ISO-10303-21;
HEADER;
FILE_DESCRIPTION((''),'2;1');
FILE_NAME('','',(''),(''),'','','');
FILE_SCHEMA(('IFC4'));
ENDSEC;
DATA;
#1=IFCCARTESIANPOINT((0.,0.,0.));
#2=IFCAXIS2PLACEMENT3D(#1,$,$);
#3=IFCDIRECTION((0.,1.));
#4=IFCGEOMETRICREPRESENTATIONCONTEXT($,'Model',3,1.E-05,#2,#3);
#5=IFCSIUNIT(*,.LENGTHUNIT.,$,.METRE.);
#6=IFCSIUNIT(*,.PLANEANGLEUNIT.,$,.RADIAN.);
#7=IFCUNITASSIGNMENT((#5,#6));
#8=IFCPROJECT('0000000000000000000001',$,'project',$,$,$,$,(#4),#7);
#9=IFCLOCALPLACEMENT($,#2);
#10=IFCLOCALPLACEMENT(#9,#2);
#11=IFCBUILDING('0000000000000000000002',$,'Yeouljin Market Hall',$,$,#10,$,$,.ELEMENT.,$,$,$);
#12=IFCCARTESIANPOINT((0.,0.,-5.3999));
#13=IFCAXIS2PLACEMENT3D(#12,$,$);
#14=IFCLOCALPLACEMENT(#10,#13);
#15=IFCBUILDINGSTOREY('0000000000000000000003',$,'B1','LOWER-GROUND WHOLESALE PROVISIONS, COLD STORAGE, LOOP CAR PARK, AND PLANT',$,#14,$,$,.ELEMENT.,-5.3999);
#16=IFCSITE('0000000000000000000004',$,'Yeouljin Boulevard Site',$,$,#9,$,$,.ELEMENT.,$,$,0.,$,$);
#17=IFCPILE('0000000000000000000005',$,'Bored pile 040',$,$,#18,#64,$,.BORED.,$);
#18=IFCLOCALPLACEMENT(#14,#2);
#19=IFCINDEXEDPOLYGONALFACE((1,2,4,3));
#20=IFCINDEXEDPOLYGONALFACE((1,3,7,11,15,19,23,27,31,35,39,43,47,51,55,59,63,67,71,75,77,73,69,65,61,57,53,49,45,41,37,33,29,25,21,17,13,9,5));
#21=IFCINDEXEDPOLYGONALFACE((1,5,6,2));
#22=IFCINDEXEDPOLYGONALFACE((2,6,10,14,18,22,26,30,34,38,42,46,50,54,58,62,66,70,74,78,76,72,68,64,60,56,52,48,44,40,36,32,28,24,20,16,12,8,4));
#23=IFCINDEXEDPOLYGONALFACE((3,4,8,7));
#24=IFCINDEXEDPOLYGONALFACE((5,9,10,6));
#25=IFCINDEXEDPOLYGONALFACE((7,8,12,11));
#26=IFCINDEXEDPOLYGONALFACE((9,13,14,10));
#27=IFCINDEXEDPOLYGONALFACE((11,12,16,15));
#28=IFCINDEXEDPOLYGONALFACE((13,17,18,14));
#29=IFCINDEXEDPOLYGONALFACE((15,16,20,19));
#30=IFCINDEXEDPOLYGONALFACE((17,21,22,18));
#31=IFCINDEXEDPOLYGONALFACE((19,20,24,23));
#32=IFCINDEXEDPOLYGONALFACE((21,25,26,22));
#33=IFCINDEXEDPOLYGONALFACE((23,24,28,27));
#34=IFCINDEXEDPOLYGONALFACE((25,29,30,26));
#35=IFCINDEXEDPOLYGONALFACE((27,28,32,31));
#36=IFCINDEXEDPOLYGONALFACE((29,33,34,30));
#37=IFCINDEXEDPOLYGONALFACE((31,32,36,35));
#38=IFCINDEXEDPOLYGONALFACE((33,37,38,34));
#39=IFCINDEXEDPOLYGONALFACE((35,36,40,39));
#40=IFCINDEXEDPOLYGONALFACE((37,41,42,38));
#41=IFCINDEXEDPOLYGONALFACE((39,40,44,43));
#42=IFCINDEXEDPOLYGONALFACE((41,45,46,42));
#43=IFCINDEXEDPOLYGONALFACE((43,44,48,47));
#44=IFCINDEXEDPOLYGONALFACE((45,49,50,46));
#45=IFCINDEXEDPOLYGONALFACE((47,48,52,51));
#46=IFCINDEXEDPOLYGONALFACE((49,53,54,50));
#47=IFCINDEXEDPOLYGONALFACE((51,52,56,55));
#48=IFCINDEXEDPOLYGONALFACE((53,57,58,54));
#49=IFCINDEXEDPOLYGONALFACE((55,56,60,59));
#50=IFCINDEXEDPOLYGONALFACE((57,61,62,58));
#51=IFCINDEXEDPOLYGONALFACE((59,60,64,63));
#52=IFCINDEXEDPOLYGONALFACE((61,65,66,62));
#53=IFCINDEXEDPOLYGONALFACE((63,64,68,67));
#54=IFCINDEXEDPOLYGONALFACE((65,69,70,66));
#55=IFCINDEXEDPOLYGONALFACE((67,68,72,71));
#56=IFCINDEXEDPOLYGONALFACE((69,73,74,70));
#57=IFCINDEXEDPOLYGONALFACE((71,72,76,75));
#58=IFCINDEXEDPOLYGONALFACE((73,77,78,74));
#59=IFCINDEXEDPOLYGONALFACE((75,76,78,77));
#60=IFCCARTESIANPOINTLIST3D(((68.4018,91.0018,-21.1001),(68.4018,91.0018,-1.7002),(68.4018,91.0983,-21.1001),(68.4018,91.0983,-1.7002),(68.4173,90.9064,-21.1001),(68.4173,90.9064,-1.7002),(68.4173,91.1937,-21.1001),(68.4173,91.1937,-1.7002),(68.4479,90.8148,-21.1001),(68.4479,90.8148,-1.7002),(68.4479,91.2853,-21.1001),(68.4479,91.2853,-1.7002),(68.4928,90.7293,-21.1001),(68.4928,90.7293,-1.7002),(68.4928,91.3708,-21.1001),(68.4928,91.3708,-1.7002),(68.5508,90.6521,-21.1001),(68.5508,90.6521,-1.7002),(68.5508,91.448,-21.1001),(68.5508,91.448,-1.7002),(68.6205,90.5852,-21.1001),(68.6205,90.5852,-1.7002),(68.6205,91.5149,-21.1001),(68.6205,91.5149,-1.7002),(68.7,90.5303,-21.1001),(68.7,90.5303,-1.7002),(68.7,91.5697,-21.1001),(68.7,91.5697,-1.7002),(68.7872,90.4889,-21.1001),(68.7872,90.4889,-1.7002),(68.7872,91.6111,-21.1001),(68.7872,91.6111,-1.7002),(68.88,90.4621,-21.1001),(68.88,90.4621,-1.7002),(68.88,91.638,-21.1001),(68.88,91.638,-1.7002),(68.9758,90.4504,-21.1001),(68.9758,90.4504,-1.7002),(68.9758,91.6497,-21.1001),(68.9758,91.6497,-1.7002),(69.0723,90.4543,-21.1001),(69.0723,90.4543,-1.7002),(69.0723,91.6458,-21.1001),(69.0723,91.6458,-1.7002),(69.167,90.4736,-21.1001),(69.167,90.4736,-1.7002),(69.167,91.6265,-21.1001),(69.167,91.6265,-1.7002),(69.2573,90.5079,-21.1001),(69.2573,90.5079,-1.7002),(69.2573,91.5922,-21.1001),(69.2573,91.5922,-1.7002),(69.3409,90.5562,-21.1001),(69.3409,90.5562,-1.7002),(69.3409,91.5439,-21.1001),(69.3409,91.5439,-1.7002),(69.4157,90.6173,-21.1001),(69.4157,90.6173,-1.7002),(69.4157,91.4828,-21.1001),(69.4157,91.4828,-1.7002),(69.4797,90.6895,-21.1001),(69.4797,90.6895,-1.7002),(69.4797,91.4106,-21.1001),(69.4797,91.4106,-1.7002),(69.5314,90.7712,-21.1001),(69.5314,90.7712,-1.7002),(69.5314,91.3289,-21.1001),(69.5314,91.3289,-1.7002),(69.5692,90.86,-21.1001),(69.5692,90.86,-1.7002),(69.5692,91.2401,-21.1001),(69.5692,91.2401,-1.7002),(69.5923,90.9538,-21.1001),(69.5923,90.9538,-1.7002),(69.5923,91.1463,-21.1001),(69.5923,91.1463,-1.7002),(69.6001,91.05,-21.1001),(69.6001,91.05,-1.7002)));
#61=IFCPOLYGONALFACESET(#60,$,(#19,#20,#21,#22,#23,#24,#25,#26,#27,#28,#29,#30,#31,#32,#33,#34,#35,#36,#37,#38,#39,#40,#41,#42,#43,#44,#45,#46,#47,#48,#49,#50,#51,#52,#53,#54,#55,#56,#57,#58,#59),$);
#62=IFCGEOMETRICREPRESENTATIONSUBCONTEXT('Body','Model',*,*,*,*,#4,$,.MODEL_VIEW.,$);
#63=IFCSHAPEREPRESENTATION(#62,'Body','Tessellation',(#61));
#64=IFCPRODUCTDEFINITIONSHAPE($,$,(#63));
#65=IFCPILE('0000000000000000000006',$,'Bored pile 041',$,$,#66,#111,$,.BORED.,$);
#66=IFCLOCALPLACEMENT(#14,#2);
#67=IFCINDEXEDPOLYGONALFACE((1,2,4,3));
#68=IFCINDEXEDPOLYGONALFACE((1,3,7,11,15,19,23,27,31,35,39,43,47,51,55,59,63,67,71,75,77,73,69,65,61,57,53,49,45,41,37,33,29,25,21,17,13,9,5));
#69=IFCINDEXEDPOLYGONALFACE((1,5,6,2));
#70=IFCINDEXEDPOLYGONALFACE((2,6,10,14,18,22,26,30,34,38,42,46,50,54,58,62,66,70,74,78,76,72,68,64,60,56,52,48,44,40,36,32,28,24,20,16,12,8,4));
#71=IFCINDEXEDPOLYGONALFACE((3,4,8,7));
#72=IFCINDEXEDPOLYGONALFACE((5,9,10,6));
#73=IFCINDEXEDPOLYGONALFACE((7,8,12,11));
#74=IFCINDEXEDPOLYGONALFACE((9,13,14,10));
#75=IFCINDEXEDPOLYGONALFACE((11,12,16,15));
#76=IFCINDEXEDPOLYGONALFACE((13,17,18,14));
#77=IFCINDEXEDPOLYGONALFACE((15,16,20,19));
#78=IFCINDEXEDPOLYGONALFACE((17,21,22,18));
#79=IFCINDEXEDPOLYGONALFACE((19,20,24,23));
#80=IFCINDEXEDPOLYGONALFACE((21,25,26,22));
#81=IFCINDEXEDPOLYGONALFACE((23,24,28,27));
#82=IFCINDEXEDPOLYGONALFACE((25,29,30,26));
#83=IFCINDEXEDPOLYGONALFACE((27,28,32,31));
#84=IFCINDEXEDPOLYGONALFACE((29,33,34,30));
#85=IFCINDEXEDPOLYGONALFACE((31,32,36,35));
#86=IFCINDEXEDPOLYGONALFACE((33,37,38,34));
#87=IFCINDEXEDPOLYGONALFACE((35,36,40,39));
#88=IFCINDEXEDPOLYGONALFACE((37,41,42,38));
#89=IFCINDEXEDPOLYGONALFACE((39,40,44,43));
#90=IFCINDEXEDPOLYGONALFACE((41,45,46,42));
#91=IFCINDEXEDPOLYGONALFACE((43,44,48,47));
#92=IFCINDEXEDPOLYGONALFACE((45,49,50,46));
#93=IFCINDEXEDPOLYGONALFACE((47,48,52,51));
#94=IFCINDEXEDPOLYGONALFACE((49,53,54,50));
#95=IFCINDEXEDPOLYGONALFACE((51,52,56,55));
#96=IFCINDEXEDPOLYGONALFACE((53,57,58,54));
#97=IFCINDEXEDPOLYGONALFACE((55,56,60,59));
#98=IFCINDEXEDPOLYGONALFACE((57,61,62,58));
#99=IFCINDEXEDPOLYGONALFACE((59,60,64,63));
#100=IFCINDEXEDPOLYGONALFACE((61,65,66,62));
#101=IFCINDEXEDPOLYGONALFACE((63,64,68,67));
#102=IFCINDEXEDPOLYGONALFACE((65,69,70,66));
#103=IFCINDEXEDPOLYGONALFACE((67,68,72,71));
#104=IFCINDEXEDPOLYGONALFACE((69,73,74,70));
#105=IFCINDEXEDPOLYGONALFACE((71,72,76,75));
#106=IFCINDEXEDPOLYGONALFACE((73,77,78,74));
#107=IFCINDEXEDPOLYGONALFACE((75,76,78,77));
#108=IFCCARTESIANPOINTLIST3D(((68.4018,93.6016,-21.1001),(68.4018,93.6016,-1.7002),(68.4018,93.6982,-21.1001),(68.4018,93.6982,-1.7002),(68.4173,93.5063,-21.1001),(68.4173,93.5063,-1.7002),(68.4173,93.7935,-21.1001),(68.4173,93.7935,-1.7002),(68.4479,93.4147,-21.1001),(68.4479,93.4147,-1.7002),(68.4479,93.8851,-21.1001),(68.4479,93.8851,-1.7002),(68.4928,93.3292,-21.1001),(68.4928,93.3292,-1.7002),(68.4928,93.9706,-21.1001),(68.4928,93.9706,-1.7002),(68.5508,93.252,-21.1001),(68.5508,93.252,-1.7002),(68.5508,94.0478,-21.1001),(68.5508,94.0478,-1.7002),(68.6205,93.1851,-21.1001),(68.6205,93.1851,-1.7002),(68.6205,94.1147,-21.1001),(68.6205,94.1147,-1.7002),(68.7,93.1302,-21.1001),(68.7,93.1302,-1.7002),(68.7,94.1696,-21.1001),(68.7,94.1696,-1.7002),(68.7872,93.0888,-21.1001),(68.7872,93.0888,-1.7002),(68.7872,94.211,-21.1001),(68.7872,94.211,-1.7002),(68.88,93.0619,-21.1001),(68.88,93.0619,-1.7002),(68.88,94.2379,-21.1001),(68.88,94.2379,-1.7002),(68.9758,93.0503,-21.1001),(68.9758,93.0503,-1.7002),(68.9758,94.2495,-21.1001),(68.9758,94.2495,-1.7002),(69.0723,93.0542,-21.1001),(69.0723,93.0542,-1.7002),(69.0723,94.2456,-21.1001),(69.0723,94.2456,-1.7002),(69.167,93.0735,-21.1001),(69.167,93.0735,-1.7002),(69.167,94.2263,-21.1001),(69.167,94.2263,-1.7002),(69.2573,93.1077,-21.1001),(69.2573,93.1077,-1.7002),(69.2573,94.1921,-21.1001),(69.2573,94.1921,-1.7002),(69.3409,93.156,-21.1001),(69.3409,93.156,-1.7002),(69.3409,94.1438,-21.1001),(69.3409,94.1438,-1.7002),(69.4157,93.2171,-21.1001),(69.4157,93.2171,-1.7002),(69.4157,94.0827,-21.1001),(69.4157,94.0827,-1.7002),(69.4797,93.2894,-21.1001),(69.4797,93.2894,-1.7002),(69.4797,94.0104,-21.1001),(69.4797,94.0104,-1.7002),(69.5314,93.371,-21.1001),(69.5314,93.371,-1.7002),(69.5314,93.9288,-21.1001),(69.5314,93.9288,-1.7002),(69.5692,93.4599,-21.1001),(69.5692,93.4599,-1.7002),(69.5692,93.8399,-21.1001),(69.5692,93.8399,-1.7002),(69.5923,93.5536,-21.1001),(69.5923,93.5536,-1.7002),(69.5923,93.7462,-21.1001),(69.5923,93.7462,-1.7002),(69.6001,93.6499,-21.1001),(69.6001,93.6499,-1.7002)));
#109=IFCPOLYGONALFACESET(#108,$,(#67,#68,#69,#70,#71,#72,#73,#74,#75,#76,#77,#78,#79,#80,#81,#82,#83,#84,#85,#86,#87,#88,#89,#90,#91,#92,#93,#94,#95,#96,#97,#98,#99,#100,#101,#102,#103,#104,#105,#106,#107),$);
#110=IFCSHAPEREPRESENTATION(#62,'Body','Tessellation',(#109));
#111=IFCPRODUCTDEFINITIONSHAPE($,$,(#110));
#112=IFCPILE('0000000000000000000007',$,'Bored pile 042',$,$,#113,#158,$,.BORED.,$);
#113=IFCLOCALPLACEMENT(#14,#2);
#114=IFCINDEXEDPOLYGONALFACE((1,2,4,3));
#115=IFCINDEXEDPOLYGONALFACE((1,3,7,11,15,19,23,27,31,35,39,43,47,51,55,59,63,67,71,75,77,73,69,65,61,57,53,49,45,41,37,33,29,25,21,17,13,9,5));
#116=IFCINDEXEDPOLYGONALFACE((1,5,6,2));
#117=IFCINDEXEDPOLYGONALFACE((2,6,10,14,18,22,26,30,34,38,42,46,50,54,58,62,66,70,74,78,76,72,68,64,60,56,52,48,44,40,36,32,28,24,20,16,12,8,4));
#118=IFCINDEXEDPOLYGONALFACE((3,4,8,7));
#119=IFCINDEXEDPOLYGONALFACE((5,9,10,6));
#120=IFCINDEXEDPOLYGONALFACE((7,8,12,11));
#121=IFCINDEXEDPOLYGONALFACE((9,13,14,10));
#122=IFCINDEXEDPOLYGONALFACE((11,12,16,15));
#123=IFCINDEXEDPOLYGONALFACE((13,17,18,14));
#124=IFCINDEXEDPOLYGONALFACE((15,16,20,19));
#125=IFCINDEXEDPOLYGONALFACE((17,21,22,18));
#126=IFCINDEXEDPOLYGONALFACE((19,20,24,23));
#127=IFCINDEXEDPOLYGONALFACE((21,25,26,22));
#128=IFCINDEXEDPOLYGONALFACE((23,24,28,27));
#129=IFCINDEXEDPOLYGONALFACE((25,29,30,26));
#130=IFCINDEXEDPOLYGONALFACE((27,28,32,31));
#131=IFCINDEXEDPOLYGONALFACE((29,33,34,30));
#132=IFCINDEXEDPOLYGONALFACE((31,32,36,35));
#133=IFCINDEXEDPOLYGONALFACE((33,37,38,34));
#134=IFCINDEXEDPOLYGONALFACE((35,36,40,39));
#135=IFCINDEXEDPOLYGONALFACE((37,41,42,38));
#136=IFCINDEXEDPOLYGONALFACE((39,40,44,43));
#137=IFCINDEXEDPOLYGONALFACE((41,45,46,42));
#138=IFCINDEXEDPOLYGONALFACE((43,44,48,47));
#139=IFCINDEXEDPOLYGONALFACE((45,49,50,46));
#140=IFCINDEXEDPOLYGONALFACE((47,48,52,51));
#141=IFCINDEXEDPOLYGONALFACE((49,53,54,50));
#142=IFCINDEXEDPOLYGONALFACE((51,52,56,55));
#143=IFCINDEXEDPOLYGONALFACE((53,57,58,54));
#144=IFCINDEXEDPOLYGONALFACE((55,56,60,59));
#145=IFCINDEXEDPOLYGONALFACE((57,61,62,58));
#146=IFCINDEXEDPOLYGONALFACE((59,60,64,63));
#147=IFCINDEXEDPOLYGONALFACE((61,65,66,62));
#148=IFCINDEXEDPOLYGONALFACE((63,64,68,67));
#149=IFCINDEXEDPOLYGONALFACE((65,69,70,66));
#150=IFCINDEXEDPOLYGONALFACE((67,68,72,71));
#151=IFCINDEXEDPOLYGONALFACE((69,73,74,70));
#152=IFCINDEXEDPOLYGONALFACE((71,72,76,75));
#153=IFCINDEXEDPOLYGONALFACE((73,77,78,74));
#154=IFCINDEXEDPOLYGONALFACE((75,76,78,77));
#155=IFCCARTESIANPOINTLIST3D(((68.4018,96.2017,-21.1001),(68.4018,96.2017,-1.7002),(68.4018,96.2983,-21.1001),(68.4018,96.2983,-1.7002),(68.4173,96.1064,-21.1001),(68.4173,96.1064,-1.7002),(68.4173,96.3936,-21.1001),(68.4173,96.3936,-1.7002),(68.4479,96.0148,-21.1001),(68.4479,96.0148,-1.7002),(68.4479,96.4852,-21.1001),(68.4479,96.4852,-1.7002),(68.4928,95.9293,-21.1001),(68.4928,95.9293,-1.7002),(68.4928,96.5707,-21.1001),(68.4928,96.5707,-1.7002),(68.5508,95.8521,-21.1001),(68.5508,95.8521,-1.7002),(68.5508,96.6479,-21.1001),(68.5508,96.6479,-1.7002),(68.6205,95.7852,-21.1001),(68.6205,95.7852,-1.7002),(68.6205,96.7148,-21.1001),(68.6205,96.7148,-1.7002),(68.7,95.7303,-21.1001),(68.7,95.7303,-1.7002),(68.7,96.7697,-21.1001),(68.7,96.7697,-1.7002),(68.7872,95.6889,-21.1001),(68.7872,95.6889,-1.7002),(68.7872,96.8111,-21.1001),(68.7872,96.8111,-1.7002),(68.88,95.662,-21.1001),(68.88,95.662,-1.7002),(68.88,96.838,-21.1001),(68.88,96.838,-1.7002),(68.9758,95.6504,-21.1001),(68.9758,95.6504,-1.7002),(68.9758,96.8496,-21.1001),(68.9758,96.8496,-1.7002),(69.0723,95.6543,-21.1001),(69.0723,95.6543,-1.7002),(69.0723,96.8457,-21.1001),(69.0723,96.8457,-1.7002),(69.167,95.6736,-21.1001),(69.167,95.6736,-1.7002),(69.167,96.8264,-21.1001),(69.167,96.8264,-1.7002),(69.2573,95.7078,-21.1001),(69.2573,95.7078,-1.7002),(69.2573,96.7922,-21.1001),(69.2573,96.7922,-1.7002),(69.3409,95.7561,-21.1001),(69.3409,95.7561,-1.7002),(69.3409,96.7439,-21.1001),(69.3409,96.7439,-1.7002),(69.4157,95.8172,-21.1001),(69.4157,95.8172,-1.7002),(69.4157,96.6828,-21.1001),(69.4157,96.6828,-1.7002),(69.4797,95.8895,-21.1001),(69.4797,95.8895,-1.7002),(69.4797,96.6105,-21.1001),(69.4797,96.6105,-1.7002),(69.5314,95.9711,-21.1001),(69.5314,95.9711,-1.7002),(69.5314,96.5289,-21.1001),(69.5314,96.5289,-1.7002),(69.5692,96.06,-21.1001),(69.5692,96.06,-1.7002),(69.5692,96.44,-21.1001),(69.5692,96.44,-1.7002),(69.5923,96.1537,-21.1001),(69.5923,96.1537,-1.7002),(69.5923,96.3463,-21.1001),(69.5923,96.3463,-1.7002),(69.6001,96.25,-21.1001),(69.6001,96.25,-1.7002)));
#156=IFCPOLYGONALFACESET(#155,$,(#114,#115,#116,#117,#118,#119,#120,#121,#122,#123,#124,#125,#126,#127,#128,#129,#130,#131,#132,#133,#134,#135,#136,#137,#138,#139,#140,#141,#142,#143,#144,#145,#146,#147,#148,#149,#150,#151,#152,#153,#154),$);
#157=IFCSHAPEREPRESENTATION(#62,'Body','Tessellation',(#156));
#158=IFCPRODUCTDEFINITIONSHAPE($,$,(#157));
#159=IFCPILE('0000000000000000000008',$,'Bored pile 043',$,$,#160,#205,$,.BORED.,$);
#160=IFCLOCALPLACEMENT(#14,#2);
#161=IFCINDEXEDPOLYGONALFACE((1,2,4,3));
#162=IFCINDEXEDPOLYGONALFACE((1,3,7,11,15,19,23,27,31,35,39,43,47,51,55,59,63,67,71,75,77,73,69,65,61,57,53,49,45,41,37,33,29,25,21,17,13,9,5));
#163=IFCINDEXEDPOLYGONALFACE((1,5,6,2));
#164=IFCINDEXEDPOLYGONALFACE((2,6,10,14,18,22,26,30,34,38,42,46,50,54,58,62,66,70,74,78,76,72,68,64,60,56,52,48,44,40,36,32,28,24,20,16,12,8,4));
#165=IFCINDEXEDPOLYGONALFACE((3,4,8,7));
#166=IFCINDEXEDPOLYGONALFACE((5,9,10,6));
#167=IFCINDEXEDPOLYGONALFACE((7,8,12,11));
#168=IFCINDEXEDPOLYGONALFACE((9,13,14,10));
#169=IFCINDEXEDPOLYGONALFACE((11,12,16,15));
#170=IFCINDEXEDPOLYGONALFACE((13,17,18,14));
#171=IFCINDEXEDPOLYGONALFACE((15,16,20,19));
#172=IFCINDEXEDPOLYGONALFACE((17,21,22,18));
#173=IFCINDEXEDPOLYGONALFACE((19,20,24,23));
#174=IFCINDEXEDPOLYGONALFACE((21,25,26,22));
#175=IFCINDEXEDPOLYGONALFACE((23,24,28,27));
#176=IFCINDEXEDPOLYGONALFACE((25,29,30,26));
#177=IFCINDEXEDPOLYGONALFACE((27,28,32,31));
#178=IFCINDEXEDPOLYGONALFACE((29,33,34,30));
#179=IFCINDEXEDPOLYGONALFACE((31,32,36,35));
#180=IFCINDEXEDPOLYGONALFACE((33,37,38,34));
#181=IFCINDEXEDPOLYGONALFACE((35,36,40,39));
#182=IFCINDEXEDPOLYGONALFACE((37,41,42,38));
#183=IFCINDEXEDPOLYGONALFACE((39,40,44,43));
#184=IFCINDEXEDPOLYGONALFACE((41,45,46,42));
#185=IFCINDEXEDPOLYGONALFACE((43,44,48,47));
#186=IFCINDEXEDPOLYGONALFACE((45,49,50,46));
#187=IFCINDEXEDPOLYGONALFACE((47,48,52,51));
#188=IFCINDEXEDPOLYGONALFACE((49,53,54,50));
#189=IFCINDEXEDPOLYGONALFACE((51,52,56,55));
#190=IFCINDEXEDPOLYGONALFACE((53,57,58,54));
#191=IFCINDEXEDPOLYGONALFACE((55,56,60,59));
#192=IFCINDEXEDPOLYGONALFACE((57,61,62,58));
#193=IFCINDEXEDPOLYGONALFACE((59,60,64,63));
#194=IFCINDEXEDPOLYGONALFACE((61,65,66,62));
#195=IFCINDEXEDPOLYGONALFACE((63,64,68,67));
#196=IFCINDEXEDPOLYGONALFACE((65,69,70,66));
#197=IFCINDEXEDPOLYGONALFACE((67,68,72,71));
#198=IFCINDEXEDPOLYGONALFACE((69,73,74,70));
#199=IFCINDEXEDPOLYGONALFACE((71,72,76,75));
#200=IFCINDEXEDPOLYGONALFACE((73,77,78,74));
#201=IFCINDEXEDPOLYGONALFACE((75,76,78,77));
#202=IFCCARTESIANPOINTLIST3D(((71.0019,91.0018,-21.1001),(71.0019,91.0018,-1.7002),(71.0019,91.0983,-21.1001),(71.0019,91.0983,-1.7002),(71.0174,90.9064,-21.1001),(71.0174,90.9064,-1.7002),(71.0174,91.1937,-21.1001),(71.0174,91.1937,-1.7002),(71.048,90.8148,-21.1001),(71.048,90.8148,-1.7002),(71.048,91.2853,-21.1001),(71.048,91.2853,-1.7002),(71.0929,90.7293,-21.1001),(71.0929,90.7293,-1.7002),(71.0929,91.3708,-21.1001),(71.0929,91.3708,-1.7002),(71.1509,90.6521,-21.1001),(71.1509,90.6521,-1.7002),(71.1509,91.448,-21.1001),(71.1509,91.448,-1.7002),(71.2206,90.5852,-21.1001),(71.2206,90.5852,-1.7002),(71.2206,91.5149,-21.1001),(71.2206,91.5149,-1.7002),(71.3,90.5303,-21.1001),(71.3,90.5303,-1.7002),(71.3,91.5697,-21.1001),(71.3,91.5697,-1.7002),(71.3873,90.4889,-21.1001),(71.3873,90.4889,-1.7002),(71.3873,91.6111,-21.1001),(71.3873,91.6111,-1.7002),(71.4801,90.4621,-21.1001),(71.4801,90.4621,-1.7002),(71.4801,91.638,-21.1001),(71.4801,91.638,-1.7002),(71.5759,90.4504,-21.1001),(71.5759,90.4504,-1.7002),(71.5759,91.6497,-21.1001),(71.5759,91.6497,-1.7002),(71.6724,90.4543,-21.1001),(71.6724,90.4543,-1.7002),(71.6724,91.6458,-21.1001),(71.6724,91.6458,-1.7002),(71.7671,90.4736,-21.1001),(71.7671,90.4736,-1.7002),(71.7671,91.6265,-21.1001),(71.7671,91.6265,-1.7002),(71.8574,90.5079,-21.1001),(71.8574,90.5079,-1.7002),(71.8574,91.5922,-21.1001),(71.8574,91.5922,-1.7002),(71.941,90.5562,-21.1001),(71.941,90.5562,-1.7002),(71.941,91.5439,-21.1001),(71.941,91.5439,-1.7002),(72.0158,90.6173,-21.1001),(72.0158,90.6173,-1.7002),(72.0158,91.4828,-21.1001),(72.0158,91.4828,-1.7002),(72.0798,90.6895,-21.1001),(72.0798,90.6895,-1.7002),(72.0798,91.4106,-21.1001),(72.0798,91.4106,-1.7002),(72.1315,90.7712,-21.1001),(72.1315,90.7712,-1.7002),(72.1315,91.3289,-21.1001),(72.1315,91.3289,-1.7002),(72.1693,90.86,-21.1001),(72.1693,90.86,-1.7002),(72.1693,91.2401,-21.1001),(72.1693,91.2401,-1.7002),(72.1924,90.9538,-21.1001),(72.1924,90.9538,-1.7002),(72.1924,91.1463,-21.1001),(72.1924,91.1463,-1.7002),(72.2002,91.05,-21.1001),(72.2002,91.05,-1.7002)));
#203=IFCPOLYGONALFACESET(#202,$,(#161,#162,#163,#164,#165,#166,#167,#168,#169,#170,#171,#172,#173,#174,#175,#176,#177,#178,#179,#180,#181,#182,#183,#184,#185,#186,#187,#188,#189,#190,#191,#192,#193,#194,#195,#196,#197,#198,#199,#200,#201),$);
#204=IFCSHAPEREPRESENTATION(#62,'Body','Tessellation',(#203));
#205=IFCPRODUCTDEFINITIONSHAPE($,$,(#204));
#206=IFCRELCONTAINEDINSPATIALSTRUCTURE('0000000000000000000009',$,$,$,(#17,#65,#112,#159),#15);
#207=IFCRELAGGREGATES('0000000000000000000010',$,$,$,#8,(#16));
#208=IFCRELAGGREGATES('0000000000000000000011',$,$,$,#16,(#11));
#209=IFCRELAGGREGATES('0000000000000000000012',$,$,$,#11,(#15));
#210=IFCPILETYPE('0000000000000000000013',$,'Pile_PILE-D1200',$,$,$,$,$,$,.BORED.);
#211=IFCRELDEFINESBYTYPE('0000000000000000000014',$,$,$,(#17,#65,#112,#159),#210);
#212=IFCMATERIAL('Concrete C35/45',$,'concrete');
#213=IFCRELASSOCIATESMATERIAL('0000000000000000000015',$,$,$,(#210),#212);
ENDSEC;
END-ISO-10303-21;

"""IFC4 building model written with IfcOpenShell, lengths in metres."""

from ifc_helpers import new_model, si_unit, direction, frame, origin, origin_2d, place, context, subcontext, project, spatial, circle, extrude, material, material_profile, profile_set, type_object, element, save


model = new_model("IFC4")

# Units and contexts
model_context = context("Model", 3, precision=1e-05, world=origin(), true_north=direction((0.0, 1.0)))
body_context = subcontext(model_context, "Body", "Model", "MODEL_VIEW")
ifc_project = project(units=[si_unit("LENGTHUNIT", "METRE"), si_unit("PLANEANGLEUNIT", "RADIAN")], contexts=[model_context])

# Site, building, storey
site_placement = place(None, origin())
site = spatial("IfcSite", under=ifc_project, at=site_placement, Name="Yeouljin Boulevard Site", CompositionType="ELEMENT", RefElevation=0.0)
building_placement = place(site_placement, origin())
building = spatial("IfcBuilding", under=site, at=building_placement, Name="Yeouljin Market Hall", CompositionType="ELEMENT")
storey_placement = place(building_placement, frame((0.0, 0.0, -5.3999)))
storey = spatial("IfcBuildingStorey", under=building, at=storey_placement, Name="B1", Description="LOWER-GROUND WHOLESALE PROVISIONS, COLD STORAGE, LOOP CAR PARK, AND PLANT", CompositionType="ELEMENT", Elevation=-5.3999)

# Piles
ifc_material_1 = material(Name="Concrete C35/45", Category="concrete")
ifc_material_profile_1 = material_profile(ifc_material_1, circle(Radius=0.6001, at=origin_2d()), Name="PILE-D1200")
ifc_profile_set_1 = profile_set([ifc_material_profile_1], Name="Concrete C35/45")
pile_type = type_object("IfcPileType", Name="Pile_PILE-D1200", PredefinedType="BORED", material=ifc_profile_set_1)
for number, where, z_axis, x_axis, name in (
    (1, (69.0, 91.05, -1.7002), (0.0, 0.0, -1.0), (1.0, 0.0, 0.0), "Bored pile 040"),
    (2, (69.0, 93.6499, -1.7002), (0.0, 0.0, -1.0), (1.0, 0.0, 0.0), "Bored pile 041"),
    (3, (69.0, 96.25, -1.7002), (0.0, 0.0, -1.0), (1.0, 0.0, 0.0), "Bored pile 042"),
    (4, (71.6001, 91.05, -1.7002), (0.0, 0.0, -1.0), (1.0, 0.0, 0.0), "Bored pile 043"),
):
    element("IfcPile", number, at=place(storey_placement, frame(where, z_axis=z_axis, x_axis=x_axis)), inside=storey, type_object=pile_type, Name=name, PredefinedType="BORED", context=body_context, shape_type="SweptSolid", body=[
        extrude(circle(Radius=0.6001, at=origin_2d()), origin(), (0.0, 0.0, 1.0), 19.3999),
    ])

save(model, "model.ifc")
